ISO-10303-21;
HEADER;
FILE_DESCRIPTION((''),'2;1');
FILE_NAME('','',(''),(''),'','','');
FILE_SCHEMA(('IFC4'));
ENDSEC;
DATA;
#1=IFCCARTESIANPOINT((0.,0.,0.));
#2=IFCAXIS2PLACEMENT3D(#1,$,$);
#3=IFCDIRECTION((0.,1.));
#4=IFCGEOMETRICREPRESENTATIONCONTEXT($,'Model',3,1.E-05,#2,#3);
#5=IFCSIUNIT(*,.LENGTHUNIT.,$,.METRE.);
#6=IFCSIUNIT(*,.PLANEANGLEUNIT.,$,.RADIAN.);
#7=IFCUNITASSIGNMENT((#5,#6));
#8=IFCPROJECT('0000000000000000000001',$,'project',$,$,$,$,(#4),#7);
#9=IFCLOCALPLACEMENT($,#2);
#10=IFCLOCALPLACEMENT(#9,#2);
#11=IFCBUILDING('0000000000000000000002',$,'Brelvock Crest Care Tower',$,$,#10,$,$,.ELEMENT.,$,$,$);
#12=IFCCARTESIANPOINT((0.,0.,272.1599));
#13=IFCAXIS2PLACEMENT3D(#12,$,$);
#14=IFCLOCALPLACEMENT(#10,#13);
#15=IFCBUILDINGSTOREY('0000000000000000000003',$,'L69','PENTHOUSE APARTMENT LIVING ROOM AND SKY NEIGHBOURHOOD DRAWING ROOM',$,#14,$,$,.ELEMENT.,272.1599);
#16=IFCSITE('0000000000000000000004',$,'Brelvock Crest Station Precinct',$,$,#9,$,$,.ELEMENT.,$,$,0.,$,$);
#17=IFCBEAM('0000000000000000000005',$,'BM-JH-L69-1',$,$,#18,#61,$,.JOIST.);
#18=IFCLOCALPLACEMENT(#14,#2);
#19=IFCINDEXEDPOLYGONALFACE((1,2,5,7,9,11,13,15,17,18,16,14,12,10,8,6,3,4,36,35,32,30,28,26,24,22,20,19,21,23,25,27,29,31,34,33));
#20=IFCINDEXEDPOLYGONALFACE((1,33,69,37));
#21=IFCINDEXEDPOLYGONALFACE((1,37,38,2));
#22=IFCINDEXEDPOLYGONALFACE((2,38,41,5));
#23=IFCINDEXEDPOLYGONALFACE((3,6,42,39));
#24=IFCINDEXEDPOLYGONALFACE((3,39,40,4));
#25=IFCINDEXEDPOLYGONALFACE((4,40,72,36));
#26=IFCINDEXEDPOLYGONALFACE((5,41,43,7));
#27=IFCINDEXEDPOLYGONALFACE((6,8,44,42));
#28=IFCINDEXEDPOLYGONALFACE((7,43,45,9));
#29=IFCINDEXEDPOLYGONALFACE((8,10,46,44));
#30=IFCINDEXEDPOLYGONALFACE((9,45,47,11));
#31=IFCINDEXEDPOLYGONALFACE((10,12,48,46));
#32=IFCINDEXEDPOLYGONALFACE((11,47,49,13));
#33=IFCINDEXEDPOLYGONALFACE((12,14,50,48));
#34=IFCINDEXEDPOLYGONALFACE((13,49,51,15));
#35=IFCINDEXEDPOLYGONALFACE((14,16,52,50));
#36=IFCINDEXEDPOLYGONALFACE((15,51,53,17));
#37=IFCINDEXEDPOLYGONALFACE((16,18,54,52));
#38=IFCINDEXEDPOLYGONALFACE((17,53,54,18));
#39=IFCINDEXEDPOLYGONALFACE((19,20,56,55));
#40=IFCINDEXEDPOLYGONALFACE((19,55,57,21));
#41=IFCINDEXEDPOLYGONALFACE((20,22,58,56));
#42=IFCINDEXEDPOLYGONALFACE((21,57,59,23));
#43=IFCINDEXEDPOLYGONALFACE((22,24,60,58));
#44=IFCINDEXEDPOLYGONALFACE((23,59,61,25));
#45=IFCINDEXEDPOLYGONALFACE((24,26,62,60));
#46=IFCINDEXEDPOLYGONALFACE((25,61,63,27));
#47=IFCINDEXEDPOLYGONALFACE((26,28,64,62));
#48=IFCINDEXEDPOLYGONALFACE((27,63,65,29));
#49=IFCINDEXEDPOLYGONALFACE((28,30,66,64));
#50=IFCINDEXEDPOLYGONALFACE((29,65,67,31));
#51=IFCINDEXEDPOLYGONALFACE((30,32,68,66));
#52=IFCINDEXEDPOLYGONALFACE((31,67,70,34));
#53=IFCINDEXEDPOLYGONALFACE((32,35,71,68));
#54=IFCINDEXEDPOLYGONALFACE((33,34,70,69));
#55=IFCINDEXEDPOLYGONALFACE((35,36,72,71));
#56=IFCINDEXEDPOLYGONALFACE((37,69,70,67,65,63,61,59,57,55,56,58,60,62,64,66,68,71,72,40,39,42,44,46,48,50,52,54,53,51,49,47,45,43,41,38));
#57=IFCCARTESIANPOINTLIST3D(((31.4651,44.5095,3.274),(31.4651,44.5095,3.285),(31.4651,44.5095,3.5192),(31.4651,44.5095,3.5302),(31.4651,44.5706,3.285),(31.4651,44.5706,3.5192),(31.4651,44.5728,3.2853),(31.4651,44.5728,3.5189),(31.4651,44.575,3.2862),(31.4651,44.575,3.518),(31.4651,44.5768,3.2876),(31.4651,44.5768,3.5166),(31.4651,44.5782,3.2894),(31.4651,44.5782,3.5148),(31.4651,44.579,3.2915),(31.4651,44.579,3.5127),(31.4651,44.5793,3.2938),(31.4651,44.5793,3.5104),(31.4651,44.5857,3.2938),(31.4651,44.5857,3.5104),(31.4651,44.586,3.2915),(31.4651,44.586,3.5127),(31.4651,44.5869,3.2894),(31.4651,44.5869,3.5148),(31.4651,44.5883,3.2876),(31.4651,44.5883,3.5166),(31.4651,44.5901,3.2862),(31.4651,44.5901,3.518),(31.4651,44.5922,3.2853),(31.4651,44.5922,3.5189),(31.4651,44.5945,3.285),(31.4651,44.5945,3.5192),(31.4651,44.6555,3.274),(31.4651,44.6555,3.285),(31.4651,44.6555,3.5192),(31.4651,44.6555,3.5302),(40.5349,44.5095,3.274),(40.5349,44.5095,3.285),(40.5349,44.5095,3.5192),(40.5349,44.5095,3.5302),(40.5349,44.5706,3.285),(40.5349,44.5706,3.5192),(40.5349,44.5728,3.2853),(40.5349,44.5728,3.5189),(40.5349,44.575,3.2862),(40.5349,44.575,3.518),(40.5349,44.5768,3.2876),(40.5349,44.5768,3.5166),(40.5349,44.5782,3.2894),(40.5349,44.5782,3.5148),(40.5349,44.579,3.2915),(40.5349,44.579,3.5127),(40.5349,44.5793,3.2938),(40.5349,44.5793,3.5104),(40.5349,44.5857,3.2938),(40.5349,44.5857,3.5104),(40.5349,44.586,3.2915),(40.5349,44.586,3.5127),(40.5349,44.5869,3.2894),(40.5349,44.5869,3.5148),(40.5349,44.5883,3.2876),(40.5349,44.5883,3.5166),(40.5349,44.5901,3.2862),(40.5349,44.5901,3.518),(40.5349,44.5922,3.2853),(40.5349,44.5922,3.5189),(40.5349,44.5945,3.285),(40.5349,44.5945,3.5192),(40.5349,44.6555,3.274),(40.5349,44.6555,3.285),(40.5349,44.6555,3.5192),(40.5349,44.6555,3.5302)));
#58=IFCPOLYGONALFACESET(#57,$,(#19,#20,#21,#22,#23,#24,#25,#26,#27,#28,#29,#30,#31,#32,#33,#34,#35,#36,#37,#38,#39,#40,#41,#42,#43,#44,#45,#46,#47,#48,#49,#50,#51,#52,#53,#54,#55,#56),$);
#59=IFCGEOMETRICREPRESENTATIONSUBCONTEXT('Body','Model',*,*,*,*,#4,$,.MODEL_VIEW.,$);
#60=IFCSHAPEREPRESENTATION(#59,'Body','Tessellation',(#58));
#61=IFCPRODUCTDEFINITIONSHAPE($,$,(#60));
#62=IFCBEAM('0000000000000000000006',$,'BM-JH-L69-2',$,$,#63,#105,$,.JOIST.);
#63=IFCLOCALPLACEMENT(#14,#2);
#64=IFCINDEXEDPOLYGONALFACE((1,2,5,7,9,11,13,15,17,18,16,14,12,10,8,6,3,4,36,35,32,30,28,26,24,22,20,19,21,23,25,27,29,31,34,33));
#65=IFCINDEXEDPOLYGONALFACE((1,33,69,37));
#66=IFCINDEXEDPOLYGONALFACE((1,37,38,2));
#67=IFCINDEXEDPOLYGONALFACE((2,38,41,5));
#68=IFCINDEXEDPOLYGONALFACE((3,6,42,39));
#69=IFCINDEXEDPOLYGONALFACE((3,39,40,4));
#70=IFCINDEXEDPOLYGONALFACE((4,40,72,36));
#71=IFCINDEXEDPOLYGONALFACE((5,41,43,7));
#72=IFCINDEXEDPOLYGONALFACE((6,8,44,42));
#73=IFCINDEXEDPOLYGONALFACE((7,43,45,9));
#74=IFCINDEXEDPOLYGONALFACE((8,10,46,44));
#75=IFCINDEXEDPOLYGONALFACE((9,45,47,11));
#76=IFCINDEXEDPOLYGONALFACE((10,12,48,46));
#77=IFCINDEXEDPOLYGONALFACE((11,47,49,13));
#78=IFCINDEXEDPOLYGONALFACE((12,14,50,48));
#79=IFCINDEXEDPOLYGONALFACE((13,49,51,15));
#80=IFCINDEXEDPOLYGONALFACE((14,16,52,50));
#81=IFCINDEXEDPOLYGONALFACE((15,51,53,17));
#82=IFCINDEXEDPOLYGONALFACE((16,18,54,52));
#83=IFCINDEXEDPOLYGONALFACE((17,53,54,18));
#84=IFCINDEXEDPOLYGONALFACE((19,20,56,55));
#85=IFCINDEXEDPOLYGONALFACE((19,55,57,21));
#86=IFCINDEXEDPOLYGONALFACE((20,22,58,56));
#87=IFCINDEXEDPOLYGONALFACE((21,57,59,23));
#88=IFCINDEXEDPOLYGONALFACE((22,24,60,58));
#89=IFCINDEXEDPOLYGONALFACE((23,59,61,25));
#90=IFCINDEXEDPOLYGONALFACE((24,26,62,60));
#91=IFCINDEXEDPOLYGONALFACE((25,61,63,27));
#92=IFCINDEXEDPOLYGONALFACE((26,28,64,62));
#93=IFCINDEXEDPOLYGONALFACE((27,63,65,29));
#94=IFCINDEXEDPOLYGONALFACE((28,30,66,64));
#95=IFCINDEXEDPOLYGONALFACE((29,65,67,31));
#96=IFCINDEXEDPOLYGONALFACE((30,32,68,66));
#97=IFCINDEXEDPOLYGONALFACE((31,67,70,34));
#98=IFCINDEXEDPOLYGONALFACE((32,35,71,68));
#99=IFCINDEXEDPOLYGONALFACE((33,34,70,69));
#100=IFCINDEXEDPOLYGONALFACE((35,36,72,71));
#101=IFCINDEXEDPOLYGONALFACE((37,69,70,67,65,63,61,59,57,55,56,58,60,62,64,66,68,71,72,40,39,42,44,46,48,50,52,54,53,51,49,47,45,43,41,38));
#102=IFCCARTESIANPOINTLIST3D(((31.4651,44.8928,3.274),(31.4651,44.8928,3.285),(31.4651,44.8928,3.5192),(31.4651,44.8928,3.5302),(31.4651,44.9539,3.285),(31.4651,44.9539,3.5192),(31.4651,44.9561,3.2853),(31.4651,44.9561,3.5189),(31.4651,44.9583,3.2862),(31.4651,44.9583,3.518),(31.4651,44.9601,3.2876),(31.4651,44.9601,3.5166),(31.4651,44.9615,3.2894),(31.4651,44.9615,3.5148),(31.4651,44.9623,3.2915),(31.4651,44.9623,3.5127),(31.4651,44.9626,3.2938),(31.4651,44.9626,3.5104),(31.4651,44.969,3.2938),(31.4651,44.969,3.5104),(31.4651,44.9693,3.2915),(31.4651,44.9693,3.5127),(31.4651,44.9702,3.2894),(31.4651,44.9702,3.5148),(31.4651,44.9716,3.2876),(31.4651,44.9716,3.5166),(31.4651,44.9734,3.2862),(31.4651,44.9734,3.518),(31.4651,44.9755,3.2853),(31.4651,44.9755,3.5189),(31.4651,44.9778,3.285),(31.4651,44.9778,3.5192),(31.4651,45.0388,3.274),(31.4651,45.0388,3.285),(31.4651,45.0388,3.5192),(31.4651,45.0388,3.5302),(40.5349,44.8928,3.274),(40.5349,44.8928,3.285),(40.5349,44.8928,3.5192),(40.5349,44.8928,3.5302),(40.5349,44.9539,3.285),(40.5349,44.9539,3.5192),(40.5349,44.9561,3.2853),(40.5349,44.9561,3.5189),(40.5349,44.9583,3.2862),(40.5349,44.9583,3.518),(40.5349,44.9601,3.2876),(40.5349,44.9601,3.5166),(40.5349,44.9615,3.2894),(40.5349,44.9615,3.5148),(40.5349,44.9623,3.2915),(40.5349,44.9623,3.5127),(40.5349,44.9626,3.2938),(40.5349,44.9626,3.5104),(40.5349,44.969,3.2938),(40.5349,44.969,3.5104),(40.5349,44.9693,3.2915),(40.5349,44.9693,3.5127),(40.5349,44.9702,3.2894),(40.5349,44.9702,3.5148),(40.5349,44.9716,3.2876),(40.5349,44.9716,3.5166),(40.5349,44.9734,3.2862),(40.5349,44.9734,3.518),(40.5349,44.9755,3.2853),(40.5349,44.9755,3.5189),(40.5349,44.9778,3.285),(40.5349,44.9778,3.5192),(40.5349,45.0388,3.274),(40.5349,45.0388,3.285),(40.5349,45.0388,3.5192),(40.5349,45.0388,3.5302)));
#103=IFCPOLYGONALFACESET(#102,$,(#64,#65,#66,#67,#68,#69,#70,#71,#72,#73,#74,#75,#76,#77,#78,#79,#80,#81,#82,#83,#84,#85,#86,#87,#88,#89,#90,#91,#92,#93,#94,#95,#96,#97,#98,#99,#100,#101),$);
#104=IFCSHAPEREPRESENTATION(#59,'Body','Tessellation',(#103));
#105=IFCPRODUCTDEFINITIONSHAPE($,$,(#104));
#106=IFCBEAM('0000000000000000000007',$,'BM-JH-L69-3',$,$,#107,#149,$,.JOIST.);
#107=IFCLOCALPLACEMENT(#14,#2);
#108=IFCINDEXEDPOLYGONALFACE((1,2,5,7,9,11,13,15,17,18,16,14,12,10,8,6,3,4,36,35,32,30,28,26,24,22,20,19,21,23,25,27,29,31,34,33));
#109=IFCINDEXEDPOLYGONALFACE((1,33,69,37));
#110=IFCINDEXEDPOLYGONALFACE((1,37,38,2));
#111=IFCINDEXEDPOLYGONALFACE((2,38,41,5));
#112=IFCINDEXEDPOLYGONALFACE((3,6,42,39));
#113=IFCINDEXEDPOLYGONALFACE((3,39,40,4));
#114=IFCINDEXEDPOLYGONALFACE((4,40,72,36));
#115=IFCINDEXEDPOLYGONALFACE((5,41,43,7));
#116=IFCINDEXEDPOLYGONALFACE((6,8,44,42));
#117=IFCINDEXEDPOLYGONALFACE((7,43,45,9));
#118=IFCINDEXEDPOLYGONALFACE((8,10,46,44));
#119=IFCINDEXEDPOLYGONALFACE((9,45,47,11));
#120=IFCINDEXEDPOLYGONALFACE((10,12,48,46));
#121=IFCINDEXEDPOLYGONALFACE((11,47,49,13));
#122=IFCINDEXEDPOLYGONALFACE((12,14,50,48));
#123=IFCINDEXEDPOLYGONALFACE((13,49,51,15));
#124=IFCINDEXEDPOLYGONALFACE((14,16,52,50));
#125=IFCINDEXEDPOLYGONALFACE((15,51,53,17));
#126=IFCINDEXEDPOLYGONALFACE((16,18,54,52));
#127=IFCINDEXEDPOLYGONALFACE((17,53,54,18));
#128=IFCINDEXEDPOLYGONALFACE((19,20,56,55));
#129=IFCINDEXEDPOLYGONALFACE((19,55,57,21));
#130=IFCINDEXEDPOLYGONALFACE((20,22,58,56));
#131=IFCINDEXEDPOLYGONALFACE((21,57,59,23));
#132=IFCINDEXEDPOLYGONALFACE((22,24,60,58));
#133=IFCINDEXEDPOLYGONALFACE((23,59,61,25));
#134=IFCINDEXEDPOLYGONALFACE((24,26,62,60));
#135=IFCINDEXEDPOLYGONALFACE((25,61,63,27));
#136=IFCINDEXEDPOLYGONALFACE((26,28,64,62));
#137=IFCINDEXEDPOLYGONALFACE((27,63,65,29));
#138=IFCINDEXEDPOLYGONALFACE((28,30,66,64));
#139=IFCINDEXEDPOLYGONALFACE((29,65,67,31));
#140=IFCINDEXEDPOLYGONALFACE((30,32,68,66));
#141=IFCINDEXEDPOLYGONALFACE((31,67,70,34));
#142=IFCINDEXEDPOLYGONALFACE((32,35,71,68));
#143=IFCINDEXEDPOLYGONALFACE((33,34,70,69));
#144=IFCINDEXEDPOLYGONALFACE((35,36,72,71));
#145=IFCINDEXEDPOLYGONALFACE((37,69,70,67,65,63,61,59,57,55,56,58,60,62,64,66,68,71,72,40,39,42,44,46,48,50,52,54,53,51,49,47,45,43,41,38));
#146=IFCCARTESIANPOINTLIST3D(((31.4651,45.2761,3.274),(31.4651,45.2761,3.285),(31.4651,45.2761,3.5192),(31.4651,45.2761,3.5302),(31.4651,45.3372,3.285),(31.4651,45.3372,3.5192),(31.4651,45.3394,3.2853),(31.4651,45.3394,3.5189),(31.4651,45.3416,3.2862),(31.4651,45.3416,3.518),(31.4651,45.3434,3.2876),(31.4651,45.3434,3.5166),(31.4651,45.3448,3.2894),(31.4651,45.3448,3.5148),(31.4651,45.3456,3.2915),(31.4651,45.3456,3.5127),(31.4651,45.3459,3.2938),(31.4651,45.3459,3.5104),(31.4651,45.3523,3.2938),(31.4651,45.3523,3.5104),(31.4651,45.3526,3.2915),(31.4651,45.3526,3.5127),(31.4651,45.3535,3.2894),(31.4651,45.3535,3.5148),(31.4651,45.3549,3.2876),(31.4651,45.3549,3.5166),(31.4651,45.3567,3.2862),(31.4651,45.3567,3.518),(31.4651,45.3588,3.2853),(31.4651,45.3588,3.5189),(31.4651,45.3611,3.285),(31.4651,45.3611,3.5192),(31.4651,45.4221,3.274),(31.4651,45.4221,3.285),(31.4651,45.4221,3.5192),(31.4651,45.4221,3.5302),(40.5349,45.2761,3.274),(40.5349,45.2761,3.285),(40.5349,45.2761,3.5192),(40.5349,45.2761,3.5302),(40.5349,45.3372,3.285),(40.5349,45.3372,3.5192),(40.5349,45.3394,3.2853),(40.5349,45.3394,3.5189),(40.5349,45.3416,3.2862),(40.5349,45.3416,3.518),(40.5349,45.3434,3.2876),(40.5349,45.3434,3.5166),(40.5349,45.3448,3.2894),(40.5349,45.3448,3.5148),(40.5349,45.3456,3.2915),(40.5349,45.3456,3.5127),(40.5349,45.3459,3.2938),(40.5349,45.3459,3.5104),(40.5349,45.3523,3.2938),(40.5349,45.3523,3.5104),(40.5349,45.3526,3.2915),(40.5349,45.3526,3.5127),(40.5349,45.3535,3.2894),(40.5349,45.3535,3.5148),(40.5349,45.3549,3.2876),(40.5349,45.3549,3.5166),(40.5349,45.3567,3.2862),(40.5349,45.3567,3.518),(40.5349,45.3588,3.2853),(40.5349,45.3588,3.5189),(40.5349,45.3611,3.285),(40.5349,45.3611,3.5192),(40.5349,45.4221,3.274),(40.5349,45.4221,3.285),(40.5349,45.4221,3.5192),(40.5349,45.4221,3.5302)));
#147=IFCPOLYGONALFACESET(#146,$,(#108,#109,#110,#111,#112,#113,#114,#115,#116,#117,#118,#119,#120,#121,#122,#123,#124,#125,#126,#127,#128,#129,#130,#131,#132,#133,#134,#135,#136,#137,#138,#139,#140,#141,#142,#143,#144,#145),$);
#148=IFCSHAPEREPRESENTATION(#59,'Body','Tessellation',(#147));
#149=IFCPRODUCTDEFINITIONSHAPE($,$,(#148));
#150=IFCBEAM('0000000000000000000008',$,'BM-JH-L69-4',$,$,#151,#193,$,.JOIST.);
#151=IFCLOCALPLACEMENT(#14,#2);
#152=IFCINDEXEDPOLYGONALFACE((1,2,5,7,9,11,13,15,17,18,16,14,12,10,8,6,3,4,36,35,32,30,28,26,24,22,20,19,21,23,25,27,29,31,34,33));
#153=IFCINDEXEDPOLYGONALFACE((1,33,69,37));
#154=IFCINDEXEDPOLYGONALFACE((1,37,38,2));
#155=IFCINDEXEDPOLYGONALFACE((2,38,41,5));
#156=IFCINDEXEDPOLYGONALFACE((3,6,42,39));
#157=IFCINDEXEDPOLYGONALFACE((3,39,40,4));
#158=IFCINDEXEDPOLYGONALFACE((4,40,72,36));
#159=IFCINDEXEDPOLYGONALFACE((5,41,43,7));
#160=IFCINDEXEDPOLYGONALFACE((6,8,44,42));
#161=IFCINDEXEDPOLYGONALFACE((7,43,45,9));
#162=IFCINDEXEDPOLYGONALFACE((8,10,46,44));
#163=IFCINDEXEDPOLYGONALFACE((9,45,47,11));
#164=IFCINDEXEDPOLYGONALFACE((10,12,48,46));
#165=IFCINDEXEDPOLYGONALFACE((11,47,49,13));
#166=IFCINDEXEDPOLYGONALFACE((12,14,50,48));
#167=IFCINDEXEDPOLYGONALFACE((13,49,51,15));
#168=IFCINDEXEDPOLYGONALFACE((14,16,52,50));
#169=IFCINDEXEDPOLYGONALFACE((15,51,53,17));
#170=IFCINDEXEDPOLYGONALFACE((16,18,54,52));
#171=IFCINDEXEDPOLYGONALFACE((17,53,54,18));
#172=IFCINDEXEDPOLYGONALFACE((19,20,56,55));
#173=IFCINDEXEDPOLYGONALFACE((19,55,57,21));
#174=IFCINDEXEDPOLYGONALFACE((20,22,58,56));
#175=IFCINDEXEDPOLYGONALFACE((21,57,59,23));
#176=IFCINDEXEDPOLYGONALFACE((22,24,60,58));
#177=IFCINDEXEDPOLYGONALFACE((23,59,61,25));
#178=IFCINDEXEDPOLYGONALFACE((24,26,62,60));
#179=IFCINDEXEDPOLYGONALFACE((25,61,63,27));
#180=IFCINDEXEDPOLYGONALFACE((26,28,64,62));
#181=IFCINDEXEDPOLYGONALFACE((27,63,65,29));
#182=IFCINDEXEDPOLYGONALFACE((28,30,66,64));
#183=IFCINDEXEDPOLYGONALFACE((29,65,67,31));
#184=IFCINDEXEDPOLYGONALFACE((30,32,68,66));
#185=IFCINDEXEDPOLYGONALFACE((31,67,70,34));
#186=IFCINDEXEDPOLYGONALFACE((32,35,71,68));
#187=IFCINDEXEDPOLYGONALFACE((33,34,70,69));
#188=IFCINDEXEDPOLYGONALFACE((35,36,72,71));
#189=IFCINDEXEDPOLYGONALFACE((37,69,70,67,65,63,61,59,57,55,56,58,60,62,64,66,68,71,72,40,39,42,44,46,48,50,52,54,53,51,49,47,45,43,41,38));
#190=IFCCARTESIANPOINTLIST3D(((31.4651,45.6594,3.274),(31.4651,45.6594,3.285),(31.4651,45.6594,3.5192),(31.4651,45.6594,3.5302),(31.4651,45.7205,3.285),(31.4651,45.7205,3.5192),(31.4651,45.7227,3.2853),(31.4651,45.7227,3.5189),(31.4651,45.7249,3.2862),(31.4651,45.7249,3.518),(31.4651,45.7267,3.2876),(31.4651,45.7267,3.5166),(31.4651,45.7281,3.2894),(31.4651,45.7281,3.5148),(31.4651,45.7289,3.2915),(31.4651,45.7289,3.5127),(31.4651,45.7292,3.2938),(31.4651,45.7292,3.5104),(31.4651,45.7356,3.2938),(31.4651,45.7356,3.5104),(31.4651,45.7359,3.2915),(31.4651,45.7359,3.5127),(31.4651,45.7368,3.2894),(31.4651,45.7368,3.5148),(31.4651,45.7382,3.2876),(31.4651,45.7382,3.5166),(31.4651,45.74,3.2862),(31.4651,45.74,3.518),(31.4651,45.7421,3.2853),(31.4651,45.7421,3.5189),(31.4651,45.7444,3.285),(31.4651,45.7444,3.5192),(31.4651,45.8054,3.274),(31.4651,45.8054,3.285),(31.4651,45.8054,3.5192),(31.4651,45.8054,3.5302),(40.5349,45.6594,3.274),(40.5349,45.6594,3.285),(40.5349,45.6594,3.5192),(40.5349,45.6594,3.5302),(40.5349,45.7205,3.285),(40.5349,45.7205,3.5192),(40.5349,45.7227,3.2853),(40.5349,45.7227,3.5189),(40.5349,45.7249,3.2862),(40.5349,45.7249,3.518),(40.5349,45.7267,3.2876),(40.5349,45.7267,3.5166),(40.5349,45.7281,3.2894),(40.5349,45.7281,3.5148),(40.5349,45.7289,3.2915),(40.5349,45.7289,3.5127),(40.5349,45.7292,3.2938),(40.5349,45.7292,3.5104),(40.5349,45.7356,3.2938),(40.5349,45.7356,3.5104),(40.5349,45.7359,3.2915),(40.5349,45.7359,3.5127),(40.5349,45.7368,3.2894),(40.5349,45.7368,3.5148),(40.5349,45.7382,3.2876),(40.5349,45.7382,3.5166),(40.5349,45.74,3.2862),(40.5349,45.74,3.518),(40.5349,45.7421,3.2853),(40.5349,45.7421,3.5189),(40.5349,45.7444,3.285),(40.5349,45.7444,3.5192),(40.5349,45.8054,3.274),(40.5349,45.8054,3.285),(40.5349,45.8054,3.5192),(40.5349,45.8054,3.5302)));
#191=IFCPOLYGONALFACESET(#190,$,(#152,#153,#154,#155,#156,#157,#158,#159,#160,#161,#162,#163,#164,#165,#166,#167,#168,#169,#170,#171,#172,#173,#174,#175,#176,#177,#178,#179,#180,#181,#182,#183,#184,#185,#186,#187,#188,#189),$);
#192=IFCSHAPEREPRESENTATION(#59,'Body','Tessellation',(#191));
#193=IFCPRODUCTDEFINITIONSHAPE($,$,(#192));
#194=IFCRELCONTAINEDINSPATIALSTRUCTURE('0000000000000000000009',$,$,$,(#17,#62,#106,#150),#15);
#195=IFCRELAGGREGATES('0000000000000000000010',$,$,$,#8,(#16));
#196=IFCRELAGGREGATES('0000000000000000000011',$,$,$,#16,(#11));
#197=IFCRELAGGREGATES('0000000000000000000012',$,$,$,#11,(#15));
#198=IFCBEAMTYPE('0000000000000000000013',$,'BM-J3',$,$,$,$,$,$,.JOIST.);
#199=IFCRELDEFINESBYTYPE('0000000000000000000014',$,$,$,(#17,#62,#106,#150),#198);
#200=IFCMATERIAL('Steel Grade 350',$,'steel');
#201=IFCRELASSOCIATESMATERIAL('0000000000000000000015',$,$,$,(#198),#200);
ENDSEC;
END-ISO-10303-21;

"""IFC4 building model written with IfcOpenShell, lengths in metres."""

from ifc_helpers import new_model, si_unit, direction, frame, origin, origin_2d, place, context, subcontext, project, spatial, i_section, extrude, source, transform, mapped, material, material_profile, profile_set, type_object, element, save


model = new_model("IFC4")

# Units and contexts
model_context = context("Model", 3, precision=1e-05, world=origin(), true_north=direction((0.0, 1.0)))
body_context = subcontext(model_context, "Body", "Model", "MODEL_VIEW")
ifc_project = project(units=[si_unit("LENGTHUNIT", "METRE"), si_unit("PLANEANGLEUNIT", "RADIAN")], contexts=[model_context])

# Site, building, storey
site_placement = place(None, origin())
site = spatial("IfcSite", under=ifc_project, at=site_placement, Name="Brelvock Crest Station Precinct", CompositionType="ELEMENT", RefElevation=0.0)
building_placement = place(site_placement, origin())
building = spatial("IfcBuilding", under=site, at=building_placement, Name="Brelvock Crest Care Tower", CompositionType="ELEMENT")
storey_placement = place(building_placement, frame((0.0, 0.0, 272.1599)))
storey = spatial("IfcBuildingStorey", under=building, at=storey_placement, Name="L69", Description="PENTHOUSE APARTMENT LIVING ROOM AND SKY NEIGHBOURHOOD DRAWING ROOM", CompositionType="ELEMENT", Elevation=272.1599)

# Beams
ifc_material_1 = material(Name="Steel Grade 350", Category="steel")
ifc_material_profile_1 = material_profile(ifc_material_1, i_section(OverallWidth=0.146, OverallDepth=0.2561, WebThickness=0.0063, FlangeThickness=0.011, FilletRadius=0.0088, at=origin_2d()), Name="250UB37.3")
ifc_profile_set_1 = profile_set([ifc_material_profile_1], Name="Steel Grade 350")
beam_type_1 = type_object("IfcBeamType", Name="BM-J3", PredefinedType="JOIST", material=ifc_profile_set_1)
shared_shape_1 = source(origin(), body_context, "Body", "SweptSolid", [
    extrude(i_section(OverallWidth=0.146, OverallDepth=0.2561, WebThickness=0.0063, FlangeThickness=0.011, FilletRadius=0.0088, at=origin_2d()), origin(), (0.0, 0.0, 1.0), 9.0698),
])
for number, where, z_axis, x_axis, name in (
    (1, (31.4651, 44.5825, 3.4021), (1.0, 0.0, 0.0), (0.0, 1.0, 0.0), "BM-JH-L69-1"),
    (2, (31.4651, 44.9658, 3.4021), (1.0, 0.0, 0.0), (0.0, 1.0, 0.0), "BM-JH-L69-2"),
    (3, (31.4651, 45.3491, 3.4021), (1.0, 0.0, 0.0), (0.0, 1.0, 0.0), "BM-JH-L69-3"),
    (4, (31.4651, 45.7324, 3.4021), (1.0, 0.0, 0.0), (0.0, 1.0, 0.0), "BM-JH-L69-4"),
):
    element("IfcBeam", number, at=place(storey_placement, frame(where, z_axis=z_axis, x_axis=x_axis)), inside=storey, type_object=beam_type_1, Name=name, PredefinedType="JOIST", context=body_context, shape_type="MappedRepresentation", body=[
        mapped(shared_shape_1, transform((0.0, 0.0, 0.0), x_axis=(1.0, 0.0, 0.0), y_axis=(0.0, 1.0, 0.0), z_axis=(0.0, 0.0, 1.0), scale=1.0)),
    ])

save(model, "model.ifc")
